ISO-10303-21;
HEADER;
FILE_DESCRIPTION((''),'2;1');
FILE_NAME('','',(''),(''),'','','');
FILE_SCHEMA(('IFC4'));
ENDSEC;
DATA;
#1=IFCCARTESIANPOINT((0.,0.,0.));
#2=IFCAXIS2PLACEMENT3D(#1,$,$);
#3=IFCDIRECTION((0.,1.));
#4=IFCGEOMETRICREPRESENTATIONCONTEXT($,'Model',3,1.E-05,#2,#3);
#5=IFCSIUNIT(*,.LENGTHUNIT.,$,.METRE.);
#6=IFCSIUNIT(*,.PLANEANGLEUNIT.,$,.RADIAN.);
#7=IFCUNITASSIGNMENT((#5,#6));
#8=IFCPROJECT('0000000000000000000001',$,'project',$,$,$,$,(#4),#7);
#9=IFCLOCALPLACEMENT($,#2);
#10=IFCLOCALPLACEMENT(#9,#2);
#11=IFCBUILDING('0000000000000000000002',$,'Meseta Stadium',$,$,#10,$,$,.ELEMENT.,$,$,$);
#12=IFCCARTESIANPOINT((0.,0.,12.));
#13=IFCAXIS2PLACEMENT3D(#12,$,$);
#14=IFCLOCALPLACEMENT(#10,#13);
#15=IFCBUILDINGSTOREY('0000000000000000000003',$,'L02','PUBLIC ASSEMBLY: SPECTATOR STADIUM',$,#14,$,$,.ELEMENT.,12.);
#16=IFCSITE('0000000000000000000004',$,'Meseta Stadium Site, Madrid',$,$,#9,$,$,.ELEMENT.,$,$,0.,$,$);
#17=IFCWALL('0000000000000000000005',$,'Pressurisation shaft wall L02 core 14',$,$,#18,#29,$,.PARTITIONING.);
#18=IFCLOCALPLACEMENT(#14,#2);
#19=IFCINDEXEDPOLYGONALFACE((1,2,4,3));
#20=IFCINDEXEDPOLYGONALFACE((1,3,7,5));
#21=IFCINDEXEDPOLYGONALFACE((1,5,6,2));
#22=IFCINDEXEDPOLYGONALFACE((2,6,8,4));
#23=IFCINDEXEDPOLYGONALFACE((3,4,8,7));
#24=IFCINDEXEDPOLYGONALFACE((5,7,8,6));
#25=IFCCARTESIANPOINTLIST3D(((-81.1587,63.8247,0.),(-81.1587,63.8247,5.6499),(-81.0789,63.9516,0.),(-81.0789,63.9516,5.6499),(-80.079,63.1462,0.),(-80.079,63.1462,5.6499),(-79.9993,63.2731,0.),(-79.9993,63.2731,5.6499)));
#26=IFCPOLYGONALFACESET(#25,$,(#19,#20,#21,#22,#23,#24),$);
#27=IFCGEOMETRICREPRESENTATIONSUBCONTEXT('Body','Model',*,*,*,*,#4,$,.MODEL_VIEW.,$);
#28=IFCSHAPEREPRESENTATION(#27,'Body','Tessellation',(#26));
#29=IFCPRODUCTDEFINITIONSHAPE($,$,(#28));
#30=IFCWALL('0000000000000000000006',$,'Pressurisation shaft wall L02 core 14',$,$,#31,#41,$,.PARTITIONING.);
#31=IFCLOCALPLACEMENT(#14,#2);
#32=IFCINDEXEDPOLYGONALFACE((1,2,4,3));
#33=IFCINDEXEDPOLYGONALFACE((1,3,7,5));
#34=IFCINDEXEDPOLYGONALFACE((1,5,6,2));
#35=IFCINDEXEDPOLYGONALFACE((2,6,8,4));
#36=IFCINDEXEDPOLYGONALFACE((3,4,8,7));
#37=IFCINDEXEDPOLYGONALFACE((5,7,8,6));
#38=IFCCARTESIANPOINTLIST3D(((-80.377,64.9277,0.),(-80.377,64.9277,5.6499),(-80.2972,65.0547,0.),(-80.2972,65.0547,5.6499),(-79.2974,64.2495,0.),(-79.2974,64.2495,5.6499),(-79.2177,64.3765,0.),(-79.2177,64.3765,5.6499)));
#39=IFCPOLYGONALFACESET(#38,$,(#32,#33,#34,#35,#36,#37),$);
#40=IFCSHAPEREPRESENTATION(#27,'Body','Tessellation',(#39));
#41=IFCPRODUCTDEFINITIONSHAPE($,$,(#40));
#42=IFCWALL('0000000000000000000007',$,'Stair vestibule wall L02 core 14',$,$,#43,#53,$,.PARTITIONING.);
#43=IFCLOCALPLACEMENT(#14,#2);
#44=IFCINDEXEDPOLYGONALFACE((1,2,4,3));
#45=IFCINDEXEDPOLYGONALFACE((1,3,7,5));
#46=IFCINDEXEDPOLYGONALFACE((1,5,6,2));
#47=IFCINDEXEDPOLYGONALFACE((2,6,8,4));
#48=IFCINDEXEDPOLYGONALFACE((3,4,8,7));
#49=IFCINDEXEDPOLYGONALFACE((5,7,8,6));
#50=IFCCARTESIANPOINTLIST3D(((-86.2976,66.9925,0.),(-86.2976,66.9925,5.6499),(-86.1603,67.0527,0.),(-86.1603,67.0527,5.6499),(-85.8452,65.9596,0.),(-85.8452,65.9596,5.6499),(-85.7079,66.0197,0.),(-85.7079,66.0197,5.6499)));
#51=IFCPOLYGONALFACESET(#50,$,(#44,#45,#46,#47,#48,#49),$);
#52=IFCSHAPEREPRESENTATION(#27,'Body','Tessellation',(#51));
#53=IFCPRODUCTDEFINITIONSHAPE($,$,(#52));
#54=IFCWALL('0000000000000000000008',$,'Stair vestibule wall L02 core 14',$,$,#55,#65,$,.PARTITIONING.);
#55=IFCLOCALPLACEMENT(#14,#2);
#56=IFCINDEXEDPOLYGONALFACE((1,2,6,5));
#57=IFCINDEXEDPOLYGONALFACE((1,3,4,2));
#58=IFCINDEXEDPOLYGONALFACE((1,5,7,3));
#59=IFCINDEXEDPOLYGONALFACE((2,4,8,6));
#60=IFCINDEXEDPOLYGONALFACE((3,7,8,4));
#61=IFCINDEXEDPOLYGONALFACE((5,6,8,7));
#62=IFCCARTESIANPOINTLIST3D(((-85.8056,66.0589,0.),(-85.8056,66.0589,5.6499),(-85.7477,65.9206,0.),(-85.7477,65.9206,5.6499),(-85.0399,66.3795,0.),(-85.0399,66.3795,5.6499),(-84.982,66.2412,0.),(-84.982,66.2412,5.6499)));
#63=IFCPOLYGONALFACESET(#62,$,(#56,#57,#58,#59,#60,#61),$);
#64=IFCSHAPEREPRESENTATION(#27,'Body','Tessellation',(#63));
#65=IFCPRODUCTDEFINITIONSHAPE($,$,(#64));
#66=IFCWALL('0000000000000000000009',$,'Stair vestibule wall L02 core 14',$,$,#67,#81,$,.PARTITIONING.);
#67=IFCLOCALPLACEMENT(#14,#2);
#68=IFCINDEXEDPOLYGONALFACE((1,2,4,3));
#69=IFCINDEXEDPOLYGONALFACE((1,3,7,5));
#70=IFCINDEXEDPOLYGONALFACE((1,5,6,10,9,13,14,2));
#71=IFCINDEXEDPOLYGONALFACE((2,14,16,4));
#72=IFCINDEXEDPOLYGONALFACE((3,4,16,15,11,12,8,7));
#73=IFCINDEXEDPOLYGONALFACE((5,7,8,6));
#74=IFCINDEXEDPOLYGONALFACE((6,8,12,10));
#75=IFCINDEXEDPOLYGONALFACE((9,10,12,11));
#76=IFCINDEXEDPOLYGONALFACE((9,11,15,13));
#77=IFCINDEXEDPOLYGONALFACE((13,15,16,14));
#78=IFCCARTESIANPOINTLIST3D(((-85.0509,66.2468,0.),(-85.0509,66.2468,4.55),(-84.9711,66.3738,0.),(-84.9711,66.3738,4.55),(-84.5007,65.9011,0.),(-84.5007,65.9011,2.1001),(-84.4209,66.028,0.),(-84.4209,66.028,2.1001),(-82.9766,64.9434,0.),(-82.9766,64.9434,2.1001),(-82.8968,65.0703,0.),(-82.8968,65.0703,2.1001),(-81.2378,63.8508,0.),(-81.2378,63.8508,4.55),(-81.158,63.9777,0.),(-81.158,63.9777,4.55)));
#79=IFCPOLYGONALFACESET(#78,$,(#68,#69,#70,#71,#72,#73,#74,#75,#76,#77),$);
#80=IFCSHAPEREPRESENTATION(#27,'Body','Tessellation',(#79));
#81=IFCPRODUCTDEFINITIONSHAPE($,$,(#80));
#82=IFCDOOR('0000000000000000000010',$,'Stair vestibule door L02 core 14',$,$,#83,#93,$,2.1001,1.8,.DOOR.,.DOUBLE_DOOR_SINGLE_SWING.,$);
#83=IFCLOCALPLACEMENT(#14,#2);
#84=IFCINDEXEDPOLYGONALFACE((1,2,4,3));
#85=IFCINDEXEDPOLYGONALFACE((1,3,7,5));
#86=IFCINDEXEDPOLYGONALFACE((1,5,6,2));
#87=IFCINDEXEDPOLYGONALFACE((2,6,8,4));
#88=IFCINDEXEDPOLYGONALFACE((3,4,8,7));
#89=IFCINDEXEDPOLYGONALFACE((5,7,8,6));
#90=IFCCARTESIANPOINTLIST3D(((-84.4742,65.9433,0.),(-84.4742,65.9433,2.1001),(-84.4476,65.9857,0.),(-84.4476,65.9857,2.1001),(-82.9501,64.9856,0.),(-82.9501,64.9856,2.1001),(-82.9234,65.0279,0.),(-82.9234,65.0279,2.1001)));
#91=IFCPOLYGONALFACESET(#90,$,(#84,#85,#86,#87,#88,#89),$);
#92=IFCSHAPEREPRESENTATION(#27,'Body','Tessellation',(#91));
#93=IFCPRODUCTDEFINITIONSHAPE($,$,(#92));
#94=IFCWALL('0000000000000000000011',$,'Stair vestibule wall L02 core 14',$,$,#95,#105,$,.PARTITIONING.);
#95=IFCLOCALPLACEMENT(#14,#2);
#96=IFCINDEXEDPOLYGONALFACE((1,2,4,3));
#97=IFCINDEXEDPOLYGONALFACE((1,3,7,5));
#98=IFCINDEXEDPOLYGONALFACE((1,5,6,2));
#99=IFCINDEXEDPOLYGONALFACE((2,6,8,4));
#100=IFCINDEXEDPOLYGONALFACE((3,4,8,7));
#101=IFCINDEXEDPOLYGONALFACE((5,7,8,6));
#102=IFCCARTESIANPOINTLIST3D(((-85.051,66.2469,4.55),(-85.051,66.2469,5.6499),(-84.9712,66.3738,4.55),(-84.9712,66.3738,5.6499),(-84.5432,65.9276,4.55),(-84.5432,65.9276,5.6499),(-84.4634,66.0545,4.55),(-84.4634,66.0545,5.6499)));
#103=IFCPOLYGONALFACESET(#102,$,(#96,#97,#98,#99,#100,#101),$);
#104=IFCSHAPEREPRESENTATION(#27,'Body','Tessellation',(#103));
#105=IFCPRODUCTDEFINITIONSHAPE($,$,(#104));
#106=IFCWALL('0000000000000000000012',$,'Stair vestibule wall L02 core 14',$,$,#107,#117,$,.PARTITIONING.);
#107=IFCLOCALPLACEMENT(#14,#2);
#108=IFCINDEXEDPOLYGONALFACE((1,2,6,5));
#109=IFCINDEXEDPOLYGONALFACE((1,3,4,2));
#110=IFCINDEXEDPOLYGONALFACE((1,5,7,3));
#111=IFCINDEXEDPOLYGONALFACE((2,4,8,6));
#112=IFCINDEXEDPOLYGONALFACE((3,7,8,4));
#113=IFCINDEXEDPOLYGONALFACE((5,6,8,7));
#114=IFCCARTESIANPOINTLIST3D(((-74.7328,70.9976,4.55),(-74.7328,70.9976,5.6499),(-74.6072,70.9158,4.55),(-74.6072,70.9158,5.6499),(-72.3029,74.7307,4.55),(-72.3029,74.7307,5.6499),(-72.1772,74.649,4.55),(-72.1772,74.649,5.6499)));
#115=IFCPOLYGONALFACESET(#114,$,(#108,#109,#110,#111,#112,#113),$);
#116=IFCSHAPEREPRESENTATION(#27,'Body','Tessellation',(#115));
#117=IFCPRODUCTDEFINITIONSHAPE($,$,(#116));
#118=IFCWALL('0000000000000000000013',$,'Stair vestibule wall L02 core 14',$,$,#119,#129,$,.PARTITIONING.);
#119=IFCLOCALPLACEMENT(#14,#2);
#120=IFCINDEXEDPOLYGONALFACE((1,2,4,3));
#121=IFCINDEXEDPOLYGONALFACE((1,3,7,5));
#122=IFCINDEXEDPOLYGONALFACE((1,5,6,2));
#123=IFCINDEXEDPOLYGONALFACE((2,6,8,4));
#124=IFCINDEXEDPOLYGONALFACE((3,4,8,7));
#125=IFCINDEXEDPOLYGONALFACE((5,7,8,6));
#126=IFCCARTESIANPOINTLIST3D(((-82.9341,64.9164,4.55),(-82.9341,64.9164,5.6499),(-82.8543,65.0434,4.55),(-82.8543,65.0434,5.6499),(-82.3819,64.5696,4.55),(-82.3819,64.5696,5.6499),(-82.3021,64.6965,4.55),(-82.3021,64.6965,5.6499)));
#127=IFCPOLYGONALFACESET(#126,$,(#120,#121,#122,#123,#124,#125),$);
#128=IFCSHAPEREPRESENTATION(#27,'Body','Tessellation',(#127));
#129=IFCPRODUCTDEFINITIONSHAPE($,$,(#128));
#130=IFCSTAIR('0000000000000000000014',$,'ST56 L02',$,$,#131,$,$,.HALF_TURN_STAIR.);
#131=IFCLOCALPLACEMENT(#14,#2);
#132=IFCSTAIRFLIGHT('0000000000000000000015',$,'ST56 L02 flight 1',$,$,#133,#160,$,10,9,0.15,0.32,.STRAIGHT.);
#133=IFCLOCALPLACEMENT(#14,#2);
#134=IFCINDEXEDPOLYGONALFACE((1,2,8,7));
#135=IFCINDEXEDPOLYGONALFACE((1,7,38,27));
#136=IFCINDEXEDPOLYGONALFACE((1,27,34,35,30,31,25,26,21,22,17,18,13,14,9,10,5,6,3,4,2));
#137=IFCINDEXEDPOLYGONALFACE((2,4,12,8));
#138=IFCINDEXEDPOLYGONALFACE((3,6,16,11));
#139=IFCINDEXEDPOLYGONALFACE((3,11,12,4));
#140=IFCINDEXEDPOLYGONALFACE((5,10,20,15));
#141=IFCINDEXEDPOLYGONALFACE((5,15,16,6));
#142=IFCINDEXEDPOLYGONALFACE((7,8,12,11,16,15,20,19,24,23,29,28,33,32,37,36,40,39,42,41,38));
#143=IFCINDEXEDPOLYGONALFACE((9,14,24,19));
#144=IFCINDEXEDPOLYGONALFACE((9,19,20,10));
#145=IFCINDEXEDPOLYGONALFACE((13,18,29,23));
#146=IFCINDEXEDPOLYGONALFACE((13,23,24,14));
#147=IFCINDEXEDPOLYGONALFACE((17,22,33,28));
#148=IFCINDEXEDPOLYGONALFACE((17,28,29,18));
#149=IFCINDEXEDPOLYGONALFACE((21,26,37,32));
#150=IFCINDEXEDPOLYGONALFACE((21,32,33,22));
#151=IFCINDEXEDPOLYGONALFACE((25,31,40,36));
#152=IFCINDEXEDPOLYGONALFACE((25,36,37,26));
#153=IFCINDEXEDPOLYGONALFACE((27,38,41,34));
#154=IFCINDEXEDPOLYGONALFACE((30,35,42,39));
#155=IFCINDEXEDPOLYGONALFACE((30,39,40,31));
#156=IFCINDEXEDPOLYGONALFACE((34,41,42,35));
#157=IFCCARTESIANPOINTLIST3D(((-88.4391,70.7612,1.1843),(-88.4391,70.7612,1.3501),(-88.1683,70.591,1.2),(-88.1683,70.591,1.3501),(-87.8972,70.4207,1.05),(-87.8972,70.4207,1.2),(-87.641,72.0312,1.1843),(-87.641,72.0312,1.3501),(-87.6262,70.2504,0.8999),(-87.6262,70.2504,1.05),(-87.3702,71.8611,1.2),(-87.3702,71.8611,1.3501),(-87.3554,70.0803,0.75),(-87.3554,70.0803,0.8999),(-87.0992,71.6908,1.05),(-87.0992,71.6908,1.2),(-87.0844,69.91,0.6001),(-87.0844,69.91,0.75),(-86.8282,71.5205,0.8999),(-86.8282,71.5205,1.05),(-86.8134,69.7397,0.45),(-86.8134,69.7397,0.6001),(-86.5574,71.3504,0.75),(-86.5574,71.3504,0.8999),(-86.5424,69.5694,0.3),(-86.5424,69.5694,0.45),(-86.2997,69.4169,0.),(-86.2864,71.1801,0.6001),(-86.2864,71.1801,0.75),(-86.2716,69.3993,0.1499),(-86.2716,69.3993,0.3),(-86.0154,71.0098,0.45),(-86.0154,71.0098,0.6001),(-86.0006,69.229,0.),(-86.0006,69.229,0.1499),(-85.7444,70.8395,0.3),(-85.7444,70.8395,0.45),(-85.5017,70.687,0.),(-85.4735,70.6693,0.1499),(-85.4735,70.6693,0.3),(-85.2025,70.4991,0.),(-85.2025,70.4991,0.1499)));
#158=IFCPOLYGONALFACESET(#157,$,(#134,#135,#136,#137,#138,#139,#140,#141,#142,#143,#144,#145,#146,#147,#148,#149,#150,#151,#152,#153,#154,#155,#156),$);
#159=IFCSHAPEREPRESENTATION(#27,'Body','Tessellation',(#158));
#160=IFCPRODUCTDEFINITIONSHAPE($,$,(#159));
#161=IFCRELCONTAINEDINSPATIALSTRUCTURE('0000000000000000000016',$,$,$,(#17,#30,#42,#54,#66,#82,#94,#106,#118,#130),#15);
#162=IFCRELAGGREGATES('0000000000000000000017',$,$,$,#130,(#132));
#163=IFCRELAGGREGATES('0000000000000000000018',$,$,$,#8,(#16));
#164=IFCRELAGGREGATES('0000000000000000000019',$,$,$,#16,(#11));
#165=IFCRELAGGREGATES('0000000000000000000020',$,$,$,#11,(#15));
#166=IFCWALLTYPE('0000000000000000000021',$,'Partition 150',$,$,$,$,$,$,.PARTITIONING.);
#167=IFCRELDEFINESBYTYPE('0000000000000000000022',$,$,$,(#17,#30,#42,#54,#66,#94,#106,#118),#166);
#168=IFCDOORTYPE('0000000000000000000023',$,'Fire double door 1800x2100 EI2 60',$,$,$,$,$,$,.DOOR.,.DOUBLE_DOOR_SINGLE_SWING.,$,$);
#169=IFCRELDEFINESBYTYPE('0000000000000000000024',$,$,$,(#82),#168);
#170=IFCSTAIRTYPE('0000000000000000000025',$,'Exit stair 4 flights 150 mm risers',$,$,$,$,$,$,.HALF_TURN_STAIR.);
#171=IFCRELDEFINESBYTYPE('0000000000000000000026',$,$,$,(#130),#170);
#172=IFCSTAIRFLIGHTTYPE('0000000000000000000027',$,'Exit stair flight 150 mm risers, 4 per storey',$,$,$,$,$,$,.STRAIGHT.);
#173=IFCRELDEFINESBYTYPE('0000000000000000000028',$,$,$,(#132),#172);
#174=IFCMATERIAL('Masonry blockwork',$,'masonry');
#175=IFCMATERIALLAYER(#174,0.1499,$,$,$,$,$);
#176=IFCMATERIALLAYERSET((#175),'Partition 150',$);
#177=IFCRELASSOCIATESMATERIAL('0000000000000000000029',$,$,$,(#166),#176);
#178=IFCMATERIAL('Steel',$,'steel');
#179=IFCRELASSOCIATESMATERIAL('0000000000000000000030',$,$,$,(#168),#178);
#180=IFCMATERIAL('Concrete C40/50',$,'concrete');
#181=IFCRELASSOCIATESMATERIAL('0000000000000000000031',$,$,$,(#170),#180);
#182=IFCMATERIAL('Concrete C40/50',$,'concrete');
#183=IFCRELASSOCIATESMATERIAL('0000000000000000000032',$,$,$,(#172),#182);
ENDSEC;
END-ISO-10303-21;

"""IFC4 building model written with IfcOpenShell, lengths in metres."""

from ifc_helpers import new_model, si_unit, direction, frame, frame_2d, origin, place, context, subcontext, project, spatial, polyline, rectangle, outline, extrude, material, layer, layer_set, type_object, element, fill, aggregate, save


model = new_model("IFC4")

# Units and contexts
model_context = context("Model", 3, precision=1e-05, world=origin(), true_north=direction((0.0, 1.0)))
body_context = subcontext(model_context, "Body", "Model", "MODEL_VIEW")
ifc_project = project(units=[si_unit("LENGTHUNIT", "METRE"), si_unit("PLANEANGLEUNIT", "RADIAN")], contexts=[model_context])

# Site, building, storey
site_placement = place(None, origin())
site = spatial("IfcSite", under=ifc_project, at=site_placement, Name="Meseta Stadium Site, Madrid", CompositionType="ELEMENT", RefElevation=0.0)
building_placement = place(site_placement, origin())
building = spatial("IfcBuilding", under=site, at=building_placement, Name="Meseta Stadium", CompositionType="ELEMENT")
storey_placement = place(building_placement, frame((0.0, 0.0, 12.0)))
storey = spatial("IfcBuildingStorey", under=building, at=storey_placement, Name="L02", Description="PUBLIC ASSEMBLY: SPECTATOR STADIUM", CompositionType="ELEMENT", Elevation=12.0)

# Walls
ifc_material_1 = material(Name="Masonry blockwork", Category="masonry")
ifc_layer_1 = layer(ifc_material_1, 0.1499)
ifc_layer_set_1 = layer_set([ifc_layer_1], Name="Partition 150")
wall_type_1 = type_object("IfcWallType", Name="Partition 150", PredefinedType="PARTITIONING", material=ifc_layer_set_1)
for number, where, z_axis, x_axis, name in (
    (1, (-81.1189, 63.8882, 0.0), (0.0, 0.0, 1.0), (0.846683, -0.532097, 0.0), "Pressurisation shaft wall L02 core 14"),
):
    element("IfcWall", number, at=place(storey_placement, frame(where, z_axis=z_axis, x_axis=x_axis)), inside=storey, type_object=wall_type_1, Name=name, PredefinedType="PARTITIONING", context=body_context, shape_type="SweptSolid", body=[
        extrude(rectangle(XDim=1.2751, YDim=0.1499, at=frame_2d((0.6377, 0.0))), origin(), (0.0, 0.0, 1.0), 5.6499),
    ])
wall_1_placement = place(storey_placement, frame((-79.2576, 64.313, 0.0), z_axis=(0.0, 0.0, 1.0), x_axis=(-0.84677, 0.53196, 0.0)))
element("IfcWall", 2, at=wall_1_placement, inside=storey, type_object=wall_type_1, Name="Pressurisation shaft wall L02 core 14", PredefinedType="PARTITIONING", context=body_context, shape_type="SweptSolid", body=[
    extrude(rectangle(XDim=1.2749, YDim=0.1499, at=frame_2d((0.6375, 0.0))), origin(), (0.0, 0.0, 1.0), 5.6499),
])
wall_2_placement = place(storey_placement, frame((-86.229, 67.0227, 0.0), z_axis=(0.0, 0.0, 1.0), x_axis=(0.401171, -0.916003, 0.0)))
element("IfcWall", 3, at=wall_2_placement, inside=storey, type_object=wall_type_1, Name="Stair vestibule wall L02 core 14", PredefinedType="PARTITIONING", context=body_context, shape_type="SweptSolid", body=[
    extrude(rectangle(XDim=1.1277, YDim=0.1499, at=frame_2d((0.564, 0.0))), origin(), (0.0, 0.0, 1.0), 5.6499),
])
wall_3_placement = place(storey_placement, frame((-85.7766, 65.9897, 0.0), z_axis=(0.0, 0.0, 1.0), x_axis=(0.922414, 0.386202, 0.0)))
element("IfcWall", 4, at=wall_3_placement, inside=storey, type_object=wall_type_1, Name="Stair vestibule wall L02 core 14", PredefinedType="PARTITIONING", context=body_context, shape_type="SweptSolid", body=[
    extrude(rectangle(XDim=0.8301, YDim=0.1499, at=frame_2d((0.415, 0.0))), origin(), (0.0, 0.0, 1.0), 5.6499),
])

# Wall, opening, door
wall_4_placement = place(storey_placement, frame((-85.011, 66.3103, 0.0), z_axis=(0.0, 0.0, 1.0), x_axis=(0.846711, -0.532054, 0.0)))
wall_4 = element("IfcWall", 5, at=wall_4_placement, inside=storey, type_object=wall_type_1, Name="Stair vestibule wall L02 core 14", PredefinedType="PARTITIONING", context=body_context, shape_type="SweptSolid", body=[
    extrude(rectangle(XDim=4.5034, YDim=0.1499, at=frame_2d((2.2517, 0.0))), origin(), (0.0, 0.0, 1.0), 4.55),
])
opening_1_placement = place(wall_4_placement, frame((0.6499, 0.0, 0.0)))
opening_1 = element("IfcOpeningElement", 6, at=opening_1_placement, cuts=wall_4, PredefinedType="OPENING", context=body_context, shape_type="SweptSolid", body=[
    extrude(rectangle(XDim=1.8, YDim=2.1001, at=frame_2d((0.8999, 1.05))), frame((0.0, 0.085, 0.0), z_axis=(0.0, -1.0, 0.0), x_axis=(1.0, 0.0, 0.0)), (0.0, 0.0, 1.0), 0.1699),
])
ifc_material_2 = material(Name="Steel", Category="steel")
door_type_1 = type_object("IfcDoorType", Name="Fire double door 1800x2100 EI2 60", OperationType="DOUBLE_DOOR_SINGLE_SWING", PredefinedType="DOOR", material=ifc_material_2)
door_1_placement = place(opening_1_placement, origin())
door_1 = element("IfcDoor", 7, at=door_1_placement, inside=storey, type_object=door_type_1, Name="Stair vestibule door L02 core 14", OperationType="DOUBLE_DOOR_SINGLE_SWING", OverallHeight=2.1001, OverallWidth=1.8, PredefinedType="DOOR", context=body_context, shape_type="SweptSolid", body=[
    extrude(rectangle(XDim=1.8, YDim=2.1001, at=frame_2d((0.8999, 1.05))), frame((0.0, 0.0249, 0.0), z_axis=(0.0, -1.0, 0.0), x_axis=(1.0, 0.0, 0.0)), (0.0, 0.0, 1.0), 0.05),
])
fill(opening_1, door_1)

# Walls
wall_5_placement = place(storey_placement, frame((-85.011, 66.3103, 4.55), z_axis=(0.0, 0.0, 1.0), x_axis=(0.846532, -0.532338, 0.0)))
element("IfcWall", 8, at=wall_5_placement, inside=storey, type_object=wall_type_1, Name="Stair vestibule wall L02 core 14", PredefinedType="PARTITIONING", context=body_context, shape_type="SweptSolid", body=[
    extrude(rectangle(XDim=0.5999, YDim=0.1499, at=frame_2d((0.2998, 0.0))), origin(), (0.0, 0.0, 1.0), 1.0999),
])
wall_6_placement = place(storey_placement, frame((-74.6699, 70.9568, 4.55), z_axis=(0.0, 0.0, 1.0), x_axis=(0.545522, 0.838097, 0.0)))
element("IfcWall", 9, at=wall_6_placement, inside=storey, type_object=wall_type_1, Name="Stair vestibule wall L02 core 14", PredefinedType="PARTITIONING", context=body_context, shape_type="SweptSolid", body=[
    extrude(rectangle(XDim=4.4543, YDim=0.1499, at=frame_2d((2.2271, 0.0))), origin(), (0.0, 0.0, 1.0), 1.0999),
])
wall_7_placement = place(storey_placement, frame((-82.8943, 64.98, 4.55), z_axis=(0.0, 0.0, 1.0), x_axis=(0.846776, -0.531949, 0.0)))
element("IfcWall", 10, at=wall_7_placement, inside=storey, type_object=wall_type_1, Name="Stair vestibule wall L02 core 14", PredefinedType="PARTITIONING", context=body_context, shape_type="SweptSolid", body=[
    extrude(rectangle(XDim=0.6521, YDim=0.1499, at=frame_2d((0.3262, 0.0))), origin(), (0.0, 0.0, 1.0), 1.0999),
])

# Stair, stair flight
ifc_material_3 = material(Name="Concrete C40/50", Category="concrete")
stair_type = type_object("IfcStairType", Name="Exit stair 4 flights 150 mm risers", PredefinedType="HALF_TURN_STAIR", material=ifc_material_3)
stair_placement = place(storey_placement, origin())
stair = element("IfcStair", 11, at=stair_placement, inside=storey, type_object=stair_type, Name="ST56 L02", PredefinedType="HALF_TURN_STAIR")
ifc_material_4 = material(Name="Concrete C40/50", Category="concrete")
stair_flight_type = type_object("IfcStairFlightType", Name="Exit stair flight 150 mm risers, 4 per storey", PredefinedType="STRAIGHT", material=ifc_material_4)
stair_flight_1_placement = place(storey_placement, frame((-85.6016, 69.864, 0.0), z_axis=(0.0, 0.0, 1.0), x_axis=(-0.846724, 0.532032, 0.0)))
stair_flight_1 = element("IfcStairFlight", 12, at=stair_flight_1_placement, type_object=stair_flight_type, Name="ST56 L02 flight 1", NumberOfRisers=10, NumberOfTreads=9, PredefinedType="STRAIGHT", RiserHeight=0.15, TreadLength=0.32, context=body_context, shape_type="SweptSolid", body=[
    extrude(outline(polyline([(0.0, 0.0), (0.0, 0.1499), (0.3201, 0.1499), (0.3201, 0.3), (0.6399, 0.3), (0.6399, 0.45), (0.96, 0.45), (0.96, 0.6001), (1.28, 0.6001), (1.28, 0.75), (1.6001, 0.75), (1.6001, 0.8999), (1.9199, 0.8999), (1.9199, 1.05), (2.24, 1.05), (2.24, 1.2), (2.5601, 1.2), (2.5601, 1.3501), (2.8799, 1.3501), (2.8799, 1.1843), (0.3533, 0.0), (0.0, 0.0)])), frame((0.0, 0.75, 0.0), z_axis=(0.0, -1.0, 0.0), x_axis=(1.0, 0.0, 0.0)), (0.0, 0.0, 1.0), 1.5),
])
aggregate(stair, [stair_flight_1])

save(model, "model.ifc")
